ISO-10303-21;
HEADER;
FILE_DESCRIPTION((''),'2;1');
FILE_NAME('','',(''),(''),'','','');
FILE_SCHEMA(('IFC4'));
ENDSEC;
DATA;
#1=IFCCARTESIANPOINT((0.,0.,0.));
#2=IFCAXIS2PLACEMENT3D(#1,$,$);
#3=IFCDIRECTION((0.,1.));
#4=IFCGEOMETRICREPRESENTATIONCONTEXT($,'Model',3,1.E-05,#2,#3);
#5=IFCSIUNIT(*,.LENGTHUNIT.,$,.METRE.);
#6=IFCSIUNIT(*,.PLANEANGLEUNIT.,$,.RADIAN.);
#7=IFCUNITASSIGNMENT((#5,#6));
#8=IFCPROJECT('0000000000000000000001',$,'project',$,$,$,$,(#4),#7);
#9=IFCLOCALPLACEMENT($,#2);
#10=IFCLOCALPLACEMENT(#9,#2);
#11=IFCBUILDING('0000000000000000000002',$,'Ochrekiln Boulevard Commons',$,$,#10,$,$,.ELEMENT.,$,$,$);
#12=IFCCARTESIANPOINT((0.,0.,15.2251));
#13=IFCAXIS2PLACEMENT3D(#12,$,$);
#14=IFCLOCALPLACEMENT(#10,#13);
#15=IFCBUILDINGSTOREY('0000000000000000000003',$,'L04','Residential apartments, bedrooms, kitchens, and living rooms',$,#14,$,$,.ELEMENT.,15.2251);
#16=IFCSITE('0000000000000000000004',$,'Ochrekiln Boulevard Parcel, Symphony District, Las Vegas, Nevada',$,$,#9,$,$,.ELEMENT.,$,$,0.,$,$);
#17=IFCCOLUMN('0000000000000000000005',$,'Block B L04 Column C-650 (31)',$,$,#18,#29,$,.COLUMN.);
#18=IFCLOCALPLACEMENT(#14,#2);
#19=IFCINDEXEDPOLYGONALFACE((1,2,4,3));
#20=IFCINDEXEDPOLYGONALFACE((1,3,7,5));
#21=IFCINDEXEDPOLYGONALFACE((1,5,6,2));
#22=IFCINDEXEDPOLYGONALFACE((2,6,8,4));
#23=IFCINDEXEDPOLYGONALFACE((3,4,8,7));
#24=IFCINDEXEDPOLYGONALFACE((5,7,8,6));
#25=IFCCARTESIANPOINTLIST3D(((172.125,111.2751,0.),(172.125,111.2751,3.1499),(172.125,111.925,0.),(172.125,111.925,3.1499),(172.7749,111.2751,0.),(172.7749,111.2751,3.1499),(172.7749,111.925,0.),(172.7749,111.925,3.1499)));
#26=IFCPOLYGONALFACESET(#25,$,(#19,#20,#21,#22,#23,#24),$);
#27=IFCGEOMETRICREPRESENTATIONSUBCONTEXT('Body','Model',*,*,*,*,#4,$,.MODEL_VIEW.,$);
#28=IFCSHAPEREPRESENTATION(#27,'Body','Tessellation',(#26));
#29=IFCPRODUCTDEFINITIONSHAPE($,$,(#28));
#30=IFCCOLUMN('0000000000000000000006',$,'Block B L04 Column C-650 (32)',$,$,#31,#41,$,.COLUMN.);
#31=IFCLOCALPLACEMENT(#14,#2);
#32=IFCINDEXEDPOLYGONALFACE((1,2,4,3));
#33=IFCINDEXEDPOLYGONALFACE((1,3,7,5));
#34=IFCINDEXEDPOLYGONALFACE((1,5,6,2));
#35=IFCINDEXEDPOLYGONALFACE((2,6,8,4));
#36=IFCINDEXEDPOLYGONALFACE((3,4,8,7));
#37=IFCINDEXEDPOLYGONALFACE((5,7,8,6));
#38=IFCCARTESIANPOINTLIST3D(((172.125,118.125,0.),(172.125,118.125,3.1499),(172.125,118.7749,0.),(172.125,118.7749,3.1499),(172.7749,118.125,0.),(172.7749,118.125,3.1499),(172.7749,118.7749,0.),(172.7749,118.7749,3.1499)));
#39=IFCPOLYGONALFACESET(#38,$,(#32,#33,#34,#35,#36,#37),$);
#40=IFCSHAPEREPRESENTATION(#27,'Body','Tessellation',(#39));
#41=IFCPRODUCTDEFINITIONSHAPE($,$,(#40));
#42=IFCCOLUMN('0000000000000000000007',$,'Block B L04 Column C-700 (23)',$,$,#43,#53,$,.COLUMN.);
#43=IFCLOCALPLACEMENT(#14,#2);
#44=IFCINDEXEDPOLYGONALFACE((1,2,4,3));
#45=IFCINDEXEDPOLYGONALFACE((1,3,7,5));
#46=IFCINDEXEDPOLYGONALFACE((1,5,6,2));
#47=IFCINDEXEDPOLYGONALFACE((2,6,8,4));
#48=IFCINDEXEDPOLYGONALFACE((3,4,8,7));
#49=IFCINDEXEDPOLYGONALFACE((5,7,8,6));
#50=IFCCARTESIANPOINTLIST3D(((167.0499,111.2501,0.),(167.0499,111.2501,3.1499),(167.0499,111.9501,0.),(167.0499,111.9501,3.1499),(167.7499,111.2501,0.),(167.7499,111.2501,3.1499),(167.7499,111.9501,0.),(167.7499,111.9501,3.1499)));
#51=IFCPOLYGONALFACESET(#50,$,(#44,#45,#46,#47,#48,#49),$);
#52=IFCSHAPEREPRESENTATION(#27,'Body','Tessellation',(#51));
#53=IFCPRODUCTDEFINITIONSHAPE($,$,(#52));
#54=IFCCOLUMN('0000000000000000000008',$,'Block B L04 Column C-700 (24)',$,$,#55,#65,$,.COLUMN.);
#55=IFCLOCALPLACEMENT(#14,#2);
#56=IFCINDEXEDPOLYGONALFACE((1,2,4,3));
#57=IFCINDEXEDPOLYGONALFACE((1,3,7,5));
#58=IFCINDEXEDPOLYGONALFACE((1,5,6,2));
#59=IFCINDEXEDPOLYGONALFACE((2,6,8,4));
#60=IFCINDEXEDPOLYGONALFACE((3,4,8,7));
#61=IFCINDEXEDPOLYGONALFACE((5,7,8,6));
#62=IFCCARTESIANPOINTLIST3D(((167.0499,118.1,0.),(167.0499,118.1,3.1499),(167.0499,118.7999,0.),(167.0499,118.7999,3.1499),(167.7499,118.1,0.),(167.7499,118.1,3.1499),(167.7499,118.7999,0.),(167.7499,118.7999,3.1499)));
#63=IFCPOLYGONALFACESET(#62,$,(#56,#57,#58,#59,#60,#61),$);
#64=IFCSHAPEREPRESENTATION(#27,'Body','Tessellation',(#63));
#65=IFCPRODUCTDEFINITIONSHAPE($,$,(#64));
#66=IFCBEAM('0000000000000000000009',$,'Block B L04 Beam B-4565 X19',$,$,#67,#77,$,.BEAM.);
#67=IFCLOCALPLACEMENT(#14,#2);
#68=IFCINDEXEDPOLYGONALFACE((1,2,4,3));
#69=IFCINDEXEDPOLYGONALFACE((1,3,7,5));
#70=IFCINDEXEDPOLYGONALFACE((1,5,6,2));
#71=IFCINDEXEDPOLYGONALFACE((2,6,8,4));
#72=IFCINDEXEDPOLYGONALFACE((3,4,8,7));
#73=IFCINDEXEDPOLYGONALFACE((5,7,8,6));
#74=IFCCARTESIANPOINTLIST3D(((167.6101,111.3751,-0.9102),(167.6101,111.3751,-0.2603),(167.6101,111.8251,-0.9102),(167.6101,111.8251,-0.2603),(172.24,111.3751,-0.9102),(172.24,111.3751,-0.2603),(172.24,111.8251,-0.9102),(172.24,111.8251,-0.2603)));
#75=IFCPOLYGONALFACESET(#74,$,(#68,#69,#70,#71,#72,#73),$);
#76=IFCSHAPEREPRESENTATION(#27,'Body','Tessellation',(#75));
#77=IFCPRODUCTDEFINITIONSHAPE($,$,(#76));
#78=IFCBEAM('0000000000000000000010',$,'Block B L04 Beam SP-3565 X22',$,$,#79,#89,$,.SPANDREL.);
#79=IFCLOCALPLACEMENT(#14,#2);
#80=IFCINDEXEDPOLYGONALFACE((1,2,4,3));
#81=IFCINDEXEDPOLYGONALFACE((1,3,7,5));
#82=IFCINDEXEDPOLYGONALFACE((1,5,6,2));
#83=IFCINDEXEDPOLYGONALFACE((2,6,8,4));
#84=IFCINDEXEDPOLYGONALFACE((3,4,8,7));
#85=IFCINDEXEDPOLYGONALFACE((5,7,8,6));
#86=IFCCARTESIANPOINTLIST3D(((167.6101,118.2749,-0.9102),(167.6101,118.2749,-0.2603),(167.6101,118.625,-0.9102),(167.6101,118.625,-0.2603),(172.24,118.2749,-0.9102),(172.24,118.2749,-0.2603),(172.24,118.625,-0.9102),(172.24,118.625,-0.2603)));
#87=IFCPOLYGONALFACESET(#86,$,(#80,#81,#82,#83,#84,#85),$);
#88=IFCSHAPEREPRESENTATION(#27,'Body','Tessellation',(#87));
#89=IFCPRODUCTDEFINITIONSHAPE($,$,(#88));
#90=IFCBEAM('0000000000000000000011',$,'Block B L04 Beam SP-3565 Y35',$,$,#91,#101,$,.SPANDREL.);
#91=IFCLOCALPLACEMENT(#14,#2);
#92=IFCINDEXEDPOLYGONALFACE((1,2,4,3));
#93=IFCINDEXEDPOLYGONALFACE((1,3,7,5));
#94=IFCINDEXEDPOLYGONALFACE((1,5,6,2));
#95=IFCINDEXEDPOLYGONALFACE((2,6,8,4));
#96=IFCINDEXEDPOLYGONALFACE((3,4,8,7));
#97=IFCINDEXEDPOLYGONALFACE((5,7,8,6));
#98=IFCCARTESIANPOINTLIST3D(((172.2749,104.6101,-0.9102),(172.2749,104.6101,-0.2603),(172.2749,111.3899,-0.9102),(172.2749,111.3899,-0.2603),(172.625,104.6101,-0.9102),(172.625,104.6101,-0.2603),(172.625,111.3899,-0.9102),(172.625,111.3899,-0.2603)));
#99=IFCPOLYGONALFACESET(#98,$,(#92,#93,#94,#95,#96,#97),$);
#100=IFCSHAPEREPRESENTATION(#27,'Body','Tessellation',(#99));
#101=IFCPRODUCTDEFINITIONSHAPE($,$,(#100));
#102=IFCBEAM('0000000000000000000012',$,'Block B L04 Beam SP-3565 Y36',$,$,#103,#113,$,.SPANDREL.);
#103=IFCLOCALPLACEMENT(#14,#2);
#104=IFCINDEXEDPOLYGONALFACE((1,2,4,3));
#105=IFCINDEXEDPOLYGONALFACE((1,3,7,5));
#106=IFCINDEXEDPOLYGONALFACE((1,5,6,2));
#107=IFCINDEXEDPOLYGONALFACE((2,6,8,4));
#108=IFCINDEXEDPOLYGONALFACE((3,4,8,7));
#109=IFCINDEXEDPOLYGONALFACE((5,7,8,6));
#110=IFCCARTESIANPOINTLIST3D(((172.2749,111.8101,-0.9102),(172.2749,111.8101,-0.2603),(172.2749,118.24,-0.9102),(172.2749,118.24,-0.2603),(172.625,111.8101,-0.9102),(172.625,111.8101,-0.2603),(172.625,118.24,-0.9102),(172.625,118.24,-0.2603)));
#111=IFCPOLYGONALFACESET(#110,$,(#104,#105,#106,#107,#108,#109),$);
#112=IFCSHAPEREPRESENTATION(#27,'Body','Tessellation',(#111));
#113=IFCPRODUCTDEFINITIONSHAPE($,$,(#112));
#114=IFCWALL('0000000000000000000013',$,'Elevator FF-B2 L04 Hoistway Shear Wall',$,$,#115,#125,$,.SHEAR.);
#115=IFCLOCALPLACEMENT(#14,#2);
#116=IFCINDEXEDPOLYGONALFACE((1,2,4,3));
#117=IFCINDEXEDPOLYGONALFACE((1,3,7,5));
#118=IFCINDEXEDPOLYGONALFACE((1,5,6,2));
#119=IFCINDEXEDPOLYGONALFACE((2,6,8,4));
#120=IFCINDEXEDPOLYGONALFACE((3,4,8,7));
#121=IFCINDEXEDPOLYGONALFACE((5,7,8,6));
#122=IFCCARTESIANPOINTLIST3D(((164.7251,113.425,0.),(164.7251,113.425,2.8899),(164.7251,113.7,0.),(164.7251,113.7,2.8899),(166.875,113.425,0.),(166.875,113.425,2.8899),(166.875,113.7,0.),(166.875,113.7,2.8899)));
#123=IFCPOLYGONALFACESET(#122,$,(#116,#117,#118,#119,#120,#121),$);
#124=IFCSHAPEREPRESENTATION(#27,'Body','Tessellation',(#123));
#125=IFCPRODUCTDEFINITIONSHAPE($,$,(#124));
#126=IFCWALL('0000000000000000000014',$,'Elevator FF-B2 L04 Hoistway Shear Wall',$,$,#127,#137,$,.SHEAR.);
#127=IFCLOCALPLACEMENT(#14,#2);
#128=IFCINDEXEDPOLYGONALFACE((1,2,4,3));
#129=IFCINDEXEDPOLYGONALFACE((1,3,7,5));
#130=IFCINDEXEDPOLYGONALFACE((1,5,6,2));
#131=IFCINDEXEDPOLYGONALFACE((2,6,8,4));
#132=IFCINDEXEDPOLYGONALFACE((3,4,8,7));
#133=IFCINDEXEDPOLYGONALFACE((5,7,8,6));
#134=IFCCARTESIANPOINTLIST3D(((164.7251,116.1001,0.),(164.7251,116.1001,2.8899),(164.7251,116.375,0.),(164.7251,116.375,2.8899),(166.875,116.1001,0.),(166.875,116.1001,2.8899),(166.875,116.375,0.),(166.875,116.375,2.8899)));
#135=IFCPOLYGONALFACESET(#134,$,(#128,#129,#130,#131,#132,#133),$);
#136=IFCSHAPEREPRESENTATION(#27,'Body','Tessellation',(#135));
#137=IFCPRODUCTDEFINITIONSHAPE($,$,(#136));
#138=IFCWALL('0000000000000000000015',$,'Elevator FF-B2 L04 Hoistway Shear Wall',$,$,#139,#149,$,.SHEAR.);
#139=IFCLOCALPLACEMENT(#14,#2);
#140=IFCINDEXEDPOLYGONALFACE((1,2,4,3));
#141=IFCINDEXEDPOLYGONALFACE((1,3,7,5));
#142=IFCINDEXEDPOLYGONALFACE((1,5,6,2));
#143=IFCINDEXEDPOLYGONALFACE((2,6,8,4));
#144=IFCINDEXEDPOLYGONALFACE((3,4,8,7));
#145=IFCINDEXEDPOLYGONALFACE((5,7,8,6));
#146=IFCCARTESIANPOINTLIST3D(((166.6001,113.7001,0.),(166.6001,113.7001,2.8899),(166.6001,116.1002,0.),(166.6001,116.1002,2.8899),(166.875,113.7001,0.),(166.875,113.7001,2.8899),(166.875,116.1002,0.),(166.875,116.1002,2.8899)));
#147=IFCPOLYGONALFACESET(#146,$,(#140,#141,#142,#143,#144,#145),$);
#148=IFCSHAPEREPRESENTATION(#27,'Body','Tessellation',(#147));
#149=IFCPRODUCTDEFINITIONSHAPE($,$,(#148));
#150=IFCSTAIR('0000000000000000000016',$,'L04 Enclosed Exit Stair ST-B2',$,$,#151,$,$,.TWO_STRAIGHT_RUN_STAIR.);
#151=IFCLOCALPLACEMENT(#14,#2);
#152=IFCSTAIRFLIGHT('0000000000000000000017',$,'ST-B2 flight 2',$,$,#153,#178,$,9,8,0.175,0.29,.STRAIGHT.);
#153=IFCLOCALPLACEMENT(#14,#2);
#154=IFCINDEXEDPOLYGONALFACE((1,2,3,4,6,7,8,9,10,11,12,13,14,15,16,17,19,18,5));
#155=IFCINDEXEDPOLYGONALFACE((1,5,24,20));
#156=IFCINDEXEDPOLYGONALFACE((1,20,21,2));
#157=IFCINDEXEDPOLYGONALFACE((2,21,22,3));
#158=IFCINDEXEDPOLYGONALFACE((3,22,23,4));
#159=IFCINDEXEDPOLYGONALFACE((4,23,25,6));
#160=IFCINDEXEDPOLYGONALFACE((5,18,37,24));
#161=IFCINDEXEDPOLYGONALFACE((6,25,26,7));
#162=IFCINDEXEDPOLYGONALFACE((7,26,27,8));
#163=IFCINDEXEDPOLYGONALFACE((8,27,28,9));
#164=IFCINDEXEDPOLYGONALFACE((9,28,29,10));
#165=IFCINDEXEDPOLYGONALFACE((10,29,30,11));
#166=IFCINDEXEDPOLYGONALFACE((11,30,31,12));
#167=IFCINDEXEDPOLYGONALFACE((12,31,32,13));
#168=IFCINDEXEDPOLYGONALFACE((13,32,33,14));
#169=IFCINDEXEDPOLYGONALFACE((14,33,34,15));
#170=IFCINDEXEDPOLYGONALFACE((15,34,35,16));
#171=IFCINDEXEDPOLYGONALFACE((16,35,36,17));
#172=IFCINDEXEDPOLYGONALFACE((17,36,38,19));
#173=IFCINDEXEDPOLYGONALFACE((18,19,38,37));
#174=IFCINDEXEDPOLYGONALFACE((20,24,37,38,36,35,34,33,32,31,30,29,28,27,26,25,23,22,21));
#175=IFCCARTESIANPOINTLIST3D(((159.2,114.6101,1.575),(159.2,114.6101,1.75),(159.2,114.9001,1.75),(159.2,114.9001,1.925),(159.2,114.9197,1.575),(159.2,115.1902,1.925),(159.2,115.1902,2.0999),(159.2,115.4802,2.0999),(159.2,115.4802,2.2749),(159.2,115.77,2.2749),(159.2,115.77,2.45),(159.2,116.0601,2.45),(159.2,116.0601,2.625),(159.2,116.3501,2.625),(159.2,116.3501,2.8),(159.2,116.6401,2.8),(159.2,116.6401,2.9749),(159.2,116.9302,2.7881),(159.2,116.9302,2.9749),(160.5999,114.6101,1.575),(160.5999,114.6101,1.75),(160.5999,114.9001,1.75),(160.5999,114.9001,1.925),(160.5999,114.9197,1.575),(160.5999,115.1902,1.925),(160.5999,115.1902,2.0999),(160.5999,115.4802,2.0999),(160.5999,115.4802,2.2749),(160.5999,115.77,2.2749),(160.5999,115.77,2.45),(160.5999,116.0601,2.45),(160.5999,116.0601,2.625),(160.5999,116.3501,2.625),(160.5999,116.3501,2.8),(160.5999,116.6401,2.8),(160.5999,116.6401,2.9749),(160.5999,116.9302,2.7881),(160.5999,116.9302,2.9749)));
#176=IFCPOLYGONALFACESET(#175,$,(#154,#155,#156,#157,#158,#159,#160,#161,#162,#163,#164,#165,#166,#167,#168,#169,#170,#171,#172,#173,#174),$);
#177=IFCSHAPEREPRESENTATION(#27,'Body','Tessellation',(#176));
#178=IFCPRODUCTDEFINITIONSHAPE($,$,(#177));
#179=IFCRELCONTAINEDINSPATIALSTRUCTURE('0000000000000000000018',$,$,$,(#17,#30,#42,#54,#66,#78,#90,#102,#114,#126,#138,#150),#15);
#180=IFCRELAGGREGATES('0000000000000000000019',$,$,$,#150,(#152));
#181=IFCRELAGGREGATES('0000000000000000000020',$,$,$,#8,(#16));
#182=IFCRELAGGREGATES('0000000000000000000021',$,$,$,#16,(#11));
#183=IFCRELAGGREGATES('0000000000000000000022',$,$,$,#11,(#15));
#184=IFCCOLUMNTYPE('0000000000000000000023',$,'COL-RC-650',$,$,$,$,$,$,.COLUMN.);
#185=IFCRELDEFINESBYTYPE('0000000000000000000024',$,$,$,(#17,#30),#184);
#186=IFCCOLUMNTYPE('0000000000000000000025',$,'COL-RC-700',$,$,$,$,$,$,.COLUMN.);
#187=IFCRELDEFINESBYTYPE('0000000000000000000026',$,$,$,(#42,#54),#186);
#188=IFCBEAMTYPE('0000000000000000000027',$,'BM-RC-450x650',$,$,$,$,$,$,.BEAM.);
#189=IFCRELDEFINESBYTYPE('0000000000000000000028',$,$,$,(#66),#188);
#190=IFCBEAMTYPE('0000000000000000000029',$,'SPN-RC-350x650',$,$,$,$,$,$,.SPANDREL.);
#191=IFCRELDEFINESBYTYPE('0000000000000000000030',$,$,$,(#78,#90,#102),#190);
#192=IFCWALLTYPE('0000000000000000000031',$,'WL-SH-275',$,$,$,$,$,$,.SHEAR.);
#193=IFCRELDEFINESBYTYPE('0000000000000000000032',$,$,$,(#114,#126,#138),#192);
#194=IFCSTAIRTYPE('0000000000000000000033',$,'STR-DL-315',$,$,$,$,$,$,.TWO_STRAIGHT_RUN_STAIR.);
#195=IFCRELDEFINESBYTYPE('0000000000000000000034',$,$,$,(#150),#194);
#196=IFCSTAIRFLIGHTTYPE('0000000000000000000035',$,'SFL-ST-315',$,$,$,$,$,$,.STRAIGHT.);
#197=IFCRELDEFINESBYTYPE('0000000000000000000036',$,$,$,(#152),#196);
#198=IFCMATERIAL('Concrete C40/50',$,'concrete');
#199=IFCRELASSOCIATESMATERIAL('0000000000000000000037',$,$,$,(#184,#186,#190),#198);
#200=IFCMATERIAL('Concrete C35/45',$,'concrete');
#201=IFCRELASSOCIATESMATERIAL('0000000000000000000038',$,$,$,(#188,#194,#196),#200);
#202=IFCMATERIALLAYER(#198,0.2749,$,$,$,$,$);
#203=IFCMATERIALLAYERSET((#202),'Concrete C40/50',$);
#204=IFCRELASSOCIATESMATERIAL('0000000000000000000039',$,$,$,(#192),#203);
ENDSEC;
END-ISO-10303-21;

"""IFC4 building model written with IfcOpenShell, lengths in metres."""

from ifc_helpers import new_model, si_unit, direction, frame, frame_2d, origin, origin_2d, place, context, subcontext, project, spatial, polyline, rectangle, outline, extrude, material, layer, layer_set, material_profile, profile_set, type_object, element, aggregate, save


model = new_model("IFC4")

# Units and contexts
model_context = context("Model", 3, precision=1e-05, world=origin(), true_north=direction((0.0, 1.0)))
body_context = subcontext(model_context, "Body", "Model", "MODEL_VIEW")
ifc_project = project(units=[si_unit("LENGTHUNIT", "METRE"), si_unit("PLANEANGLEUNIT", "RADIAN")], contexts=[model_context])

# Site, building, storey
site_placement = place(None, origin())
site = spatial("IfcSite", under=ifc_project, at=site_placement, Name="Ochrekiln Boulevard Parcel, Symphony District, Las Vegas, Nevada", CompositionType="ELEMENT", RefElevation=0.0)
building_placement = place(site_placement, origin())
building = spatial("IfcBuilding", under=site, at=building_placement, Name="Ochrekiln Boulevard Commons", CompositionType="ELEMENT")
storey_placement = place(building_placement, frame((0.0, 0.0, 15.2251)))
storey = spatial("IfcBuildingStorey", under=building, at=storey_placement, Name="L04", Description="Residential apartments, bedrooms, kitchens, and living rooms", CompositionType="ELEMENT", Elevation=15.2251)

# Columns
ifc_material_1 = material(Name="Concrete C40/50", Category="concrete")
ifc_material_profile_1 = material_profile(ifc_material_1, rectangle(XDim=0.6499, YDim=0.6499, at=origin_2d()), Name="RC-COL-650x650")
ifc_profile_set_1 = profile_set([ifc_material_profile_1], Name="Concrete C40/50")
column_type_1 = type_object("IfcColumnType", Name="COL-RC-650", PredefinedType="COLUMN", material=ifc_profile_set_1)
for number, where, z_axis, x_axis, name in (
    (1, (172.45, 111.6001, 0.0), (0.0, 0.0, 1.0), (1.0, 0.0, 0.0), "Block B L04 Column C-650 (31)"),
    (2, (172.45, 118.45, 0.0), (0.0, 0.0, 1.0), (1.0, 0.0, 0.0), "Block B L04 Column C-650 (32)"),
):
    element("IfcColumn", number, at=place(storey_placement, frame(where, z_axis=z_axis, x_axis=x_axis)), inside=storey, type_object=column_type_1, Name=name, PredefinedType="COLUMN", context=body_context, shape_type="SweptSolid", body=[
        extrude(rectangle(XDim=0.6499, YDim=0.6499, at=origin_2d()), origin(), (0.0, 0.0, 1.0), 3.1499),
    ])
ifc_material_profile_2 = material_profile(ifc_material_1, rectangle(XDim=0.7, YDim=0.7, at=origin_2d()), Name="RC-COL-700x700")
ifc_profile_set_2 = profile_set([ifc_material_profile_2], Name="Concrete C40/50")
column_type_2 = type_object("IfcColumnType", Name="COL-RC-700", PredefinedType="COLUMN", material=ifc_profile_set_2)
for number, where, z_axis, x_axis, name in (
    (3, (167.3999, 111.6001, 0.0), (0.0, 0.0, 1.0), (1.0, 0.0, 0.0), "Block B L04 Column C-700 (23)"),
    (4, (167.3999, 118.45, 0.0), (0.0, 0.0, 1.0), (1.0, 0.0, 0.0), "Block B L04 Column C-700 (24)"),
):
    element("IfcColumn", number, at=place(storey_placement, frame(where, z_axis=z_axis, x_axis=x_axis)), inside=storey, type_object=column_type_2, Name=name, PredefinedType="COLUMN", context=body_context, shape_type="SweptSolid", body=[
        extrude(rectangle(XDim=0.7, YDim=0.7, at=origin_2d()), origin(), (0.0, 0.0, 1.0), 3.1499),
    ])

# Beams
ifc_material_2 = material(Name="Concrete C35/45", Category="concrete")
ifc_material_profile_3 = material_profile(ifc_material_2, rectangle(XDim=0.45, YDim=0.6499, at=origin_2d()), Name="RC-BM-450x650")
ifc_profile_set_3 = profile_set([ifc_material_profile_3], Name="Concrete C35/45")
beam_type_1 = type_object("IfcBeamType", Name="BM-RC-450x650", PredefinedType="BEAM", material=ifc_profile_set_3)
beam_1_placement = place(storey_placement, frame((167.6101, 111.6001, -0.5852), z_axis=(1.0, 0.0, 0.0), x_axis=(0.0, 1.0, 0.0)))
element("IfcBeam", 5, at=beam_1_placement, inside=storey, type_object=beam_type_1, Name="Block B L04 Beam B-4565 X19", PredefinedType="BEAM", context=body_context, shape_type="SweptSolid", body=[
    extrude(rectangle(XDim=0.45, YDim=0.6499, at=origin_2d()), origin(), (0.0, 0.0, 1.0), 4.6299),
])
ifc_material_profile_4 = material_profile(ifc_material_1, rectangle(XDim=0.3501, YDim=0.6499, at=origin_2d()), Name="RC-SPN-350x650")
ifc_profile_set_4 = profile_set([ifc_material_profile_4], Name="Concrete C40/50")
beam_type_2 = type_object("IfcBeamType", Name="SPN-RC-350x650", PredefinedType="SPANDREL", material=ifc_profile_set_4)
beam_2_placement = place(storey_placement, frame((167.6101, 118.45, -0.5852), z_axis=(1.0, 0.0, 0.0), x_axis=(0.0, 1.0, 0.0)))
element("IfcBeam", 6, at=beam_2_placement, inside=storey, type_object=beam_type_2, Name="Block B L04 Beam SP-3565 X22", PredefinedType="SPANDREL", context=body_context, shape_type="SweptSolid", body=[
    extrude(rectangle(XDim=0.3501, YDim=0.6499, at=origin_2d()), origin(), (0.0, 0.0, 1.0), 4.6299),
])
beam_3_placement = place(storey_placement, frame((172.45, 104.6101, -0.5852), z_axis=(0.0, 1.0, 0.0), x_axis=(-1.0, 0.0, 0.0)))
element("IfcBeam", 7, at=beam_3_placement, inside=storey, type_object=beam_type_2, Name="Block B L04 Beam SP-3565 Y35", PredefinedType="SPANDREL", context=body_context, shape_type="SweptSolid", body=[
    extrude(rectangle(XDim=0.3501, YDim=0.6499, at=origin_2d()), origin(), (0.0, 0.0, 1.0), 6.7798),
])
beam_4_placement = place(storey_placement, frame((172.45, 111.8101, -0.5852), z_axis=(0.0, 1.0, 0.0), x_axis=(-1.0, 0.0, 0.0)))
element("IfcBeam", 8, at=beam_4_placement, inside=storey, type_object=beam_type_2, Name="Block B L04 Beam SP-3565 Y36", PredefinedType="SPANDREL", context=body_context, shape_type="SweptSolid", body=[
    extrude(rectangle(XDim=0.3501, YDim=0.6499, at=origin_2d()), origin(), (0.0, 0.0, 1.0), 6.4299),
])

# Walls
ifc_layer_1 = layer(ifc_material_1, 0.2749)
ifc_layer_set_1 = layer_set([ifc_layer_1], Name="Concrete C40/50")
wall_type_1 = type_object("IfcWallType", Name="WL-SH-275", PredefinedType="SHEAR", material=ifc_layer_set_1)
for number, where, z_axis, x_axis, name in (
    (9, (164.7251, 113.5625, 0.0), (0.0, 0.0, 1.0), (1.0, 0.0, 0.0), "Elevator FF-B2 L04 Hoistway Shear Wall"),
    (10, (164.7251, 116.2375, 0.0), (0.0, 0.0, 1.0), (1.0, 0.0, 0.0), "Elevator FF-B2 L04 Hoistway Shear Wall"),
):
    element("IfcWall", number, at=place(storey_placement, frame(where, z_axis=z_axis, x_axis=x_axis)), inside=storey, type_object=wall_type_1, Name=name, PredefinedType="SHEAR", context=body_context, shape_type="SweptSolid", body=[
        extrude(rectangle(XDim=2.1499, YDim=0.2749, at=frame_2d((1.075, 0.0))), origin(), (0.0, 0.0, 1.0), 2.8899),
    ])

# Wall
wall_1_placement = place(storey_placement, frame((166.7375, 113.7, 0.0), z_axis=(0.0, 0.0, 1.0), x_axis=(0.0, 1.0, 0.0)))
element("IfcWall", 11, at=wall_1_placement, inside=storey, type_object=wall_type_1, Name="Elevator FF-B2 L04 Hoistway Shear Wall", PredefinedType="SHEAR", context=body_context, shape_type="SweptSolid", body=[
    extrude(rectangle(XDim=2.4001, YDim=0.2749, at=frame_2d((1.2002, 0.0))), origin(), (0.0, 0.0, 1.0), 2.8899),
])

# Stair, stair flight
stair_type = type_object("IfcStairType", Name="STR-DL-315", PredefinedType="TWO_STRAIGHT_RUN_STAIR", material=ifc_material_2)
stair_placement = place(storey_placement, origin())
stair = element("IfcStair", 12, at=stair_placement, inside=storey, type_object=stair_type, Name="L04 Enclosed Exit Stair ST-B2", PredefinedType="TWO_STRAIGHT_RUN_STAIR")
stair_flight_type = type_object("IfcStairFlightType", Name="SFL-ST-315", PredefinedType="STRAIGHT", material=ifc_material_2)
stair_flight_placement = place(storey_placement, frame((159.8999, 114.6101, 1.575), z_axis=(0.0, 0.0, 1.0), x_axis=(0.0, 1.0, 0.0)))
stair_flight = element("IfcStairFlight", 13, at=stair_flight_placement, type_object=stair_flight_type, Name="ST-B2 flight 2", NumberOfRisers=9, NumberOfTreads=8, PredefinedType="STRAIGHT", RiserHeight=0.175, TreadLength=0.29, context=body_context, shape_type="SweptSolid", body=[
    extrude(outline(polyline([(0.0, 0.0), (0.0, 0.175), (0.29, 0.175), (0.29, 0.3501), (0.5801, 0.3501), (0.5801, 0.5249), (0.8701, 0.5249), (0.8701, 0.7), (1.1599, 0.7), (1.1599, 0.875), (1.45, 0.875), (1.45, 1.05), (1.74, 1.05), (1.74, 1.2251), (2.03, 1.2251), (2.03, 1.3999), (2.3201, 1.3999), (2.3201, 1.575), (2.3201, 1.2131), (0.3096, 0.0), (0.0, 0.0)])), frame((0.0, 0.7, 0.0), z_axis=(0.0, -1.0, 0.0), x_axis=(1.0, 0.0, 0.0)), (0.0, 0.0, 1.0), 1.3999),
])
aggregate(stair, [stair_flight])

save(model, "model.ifc")
